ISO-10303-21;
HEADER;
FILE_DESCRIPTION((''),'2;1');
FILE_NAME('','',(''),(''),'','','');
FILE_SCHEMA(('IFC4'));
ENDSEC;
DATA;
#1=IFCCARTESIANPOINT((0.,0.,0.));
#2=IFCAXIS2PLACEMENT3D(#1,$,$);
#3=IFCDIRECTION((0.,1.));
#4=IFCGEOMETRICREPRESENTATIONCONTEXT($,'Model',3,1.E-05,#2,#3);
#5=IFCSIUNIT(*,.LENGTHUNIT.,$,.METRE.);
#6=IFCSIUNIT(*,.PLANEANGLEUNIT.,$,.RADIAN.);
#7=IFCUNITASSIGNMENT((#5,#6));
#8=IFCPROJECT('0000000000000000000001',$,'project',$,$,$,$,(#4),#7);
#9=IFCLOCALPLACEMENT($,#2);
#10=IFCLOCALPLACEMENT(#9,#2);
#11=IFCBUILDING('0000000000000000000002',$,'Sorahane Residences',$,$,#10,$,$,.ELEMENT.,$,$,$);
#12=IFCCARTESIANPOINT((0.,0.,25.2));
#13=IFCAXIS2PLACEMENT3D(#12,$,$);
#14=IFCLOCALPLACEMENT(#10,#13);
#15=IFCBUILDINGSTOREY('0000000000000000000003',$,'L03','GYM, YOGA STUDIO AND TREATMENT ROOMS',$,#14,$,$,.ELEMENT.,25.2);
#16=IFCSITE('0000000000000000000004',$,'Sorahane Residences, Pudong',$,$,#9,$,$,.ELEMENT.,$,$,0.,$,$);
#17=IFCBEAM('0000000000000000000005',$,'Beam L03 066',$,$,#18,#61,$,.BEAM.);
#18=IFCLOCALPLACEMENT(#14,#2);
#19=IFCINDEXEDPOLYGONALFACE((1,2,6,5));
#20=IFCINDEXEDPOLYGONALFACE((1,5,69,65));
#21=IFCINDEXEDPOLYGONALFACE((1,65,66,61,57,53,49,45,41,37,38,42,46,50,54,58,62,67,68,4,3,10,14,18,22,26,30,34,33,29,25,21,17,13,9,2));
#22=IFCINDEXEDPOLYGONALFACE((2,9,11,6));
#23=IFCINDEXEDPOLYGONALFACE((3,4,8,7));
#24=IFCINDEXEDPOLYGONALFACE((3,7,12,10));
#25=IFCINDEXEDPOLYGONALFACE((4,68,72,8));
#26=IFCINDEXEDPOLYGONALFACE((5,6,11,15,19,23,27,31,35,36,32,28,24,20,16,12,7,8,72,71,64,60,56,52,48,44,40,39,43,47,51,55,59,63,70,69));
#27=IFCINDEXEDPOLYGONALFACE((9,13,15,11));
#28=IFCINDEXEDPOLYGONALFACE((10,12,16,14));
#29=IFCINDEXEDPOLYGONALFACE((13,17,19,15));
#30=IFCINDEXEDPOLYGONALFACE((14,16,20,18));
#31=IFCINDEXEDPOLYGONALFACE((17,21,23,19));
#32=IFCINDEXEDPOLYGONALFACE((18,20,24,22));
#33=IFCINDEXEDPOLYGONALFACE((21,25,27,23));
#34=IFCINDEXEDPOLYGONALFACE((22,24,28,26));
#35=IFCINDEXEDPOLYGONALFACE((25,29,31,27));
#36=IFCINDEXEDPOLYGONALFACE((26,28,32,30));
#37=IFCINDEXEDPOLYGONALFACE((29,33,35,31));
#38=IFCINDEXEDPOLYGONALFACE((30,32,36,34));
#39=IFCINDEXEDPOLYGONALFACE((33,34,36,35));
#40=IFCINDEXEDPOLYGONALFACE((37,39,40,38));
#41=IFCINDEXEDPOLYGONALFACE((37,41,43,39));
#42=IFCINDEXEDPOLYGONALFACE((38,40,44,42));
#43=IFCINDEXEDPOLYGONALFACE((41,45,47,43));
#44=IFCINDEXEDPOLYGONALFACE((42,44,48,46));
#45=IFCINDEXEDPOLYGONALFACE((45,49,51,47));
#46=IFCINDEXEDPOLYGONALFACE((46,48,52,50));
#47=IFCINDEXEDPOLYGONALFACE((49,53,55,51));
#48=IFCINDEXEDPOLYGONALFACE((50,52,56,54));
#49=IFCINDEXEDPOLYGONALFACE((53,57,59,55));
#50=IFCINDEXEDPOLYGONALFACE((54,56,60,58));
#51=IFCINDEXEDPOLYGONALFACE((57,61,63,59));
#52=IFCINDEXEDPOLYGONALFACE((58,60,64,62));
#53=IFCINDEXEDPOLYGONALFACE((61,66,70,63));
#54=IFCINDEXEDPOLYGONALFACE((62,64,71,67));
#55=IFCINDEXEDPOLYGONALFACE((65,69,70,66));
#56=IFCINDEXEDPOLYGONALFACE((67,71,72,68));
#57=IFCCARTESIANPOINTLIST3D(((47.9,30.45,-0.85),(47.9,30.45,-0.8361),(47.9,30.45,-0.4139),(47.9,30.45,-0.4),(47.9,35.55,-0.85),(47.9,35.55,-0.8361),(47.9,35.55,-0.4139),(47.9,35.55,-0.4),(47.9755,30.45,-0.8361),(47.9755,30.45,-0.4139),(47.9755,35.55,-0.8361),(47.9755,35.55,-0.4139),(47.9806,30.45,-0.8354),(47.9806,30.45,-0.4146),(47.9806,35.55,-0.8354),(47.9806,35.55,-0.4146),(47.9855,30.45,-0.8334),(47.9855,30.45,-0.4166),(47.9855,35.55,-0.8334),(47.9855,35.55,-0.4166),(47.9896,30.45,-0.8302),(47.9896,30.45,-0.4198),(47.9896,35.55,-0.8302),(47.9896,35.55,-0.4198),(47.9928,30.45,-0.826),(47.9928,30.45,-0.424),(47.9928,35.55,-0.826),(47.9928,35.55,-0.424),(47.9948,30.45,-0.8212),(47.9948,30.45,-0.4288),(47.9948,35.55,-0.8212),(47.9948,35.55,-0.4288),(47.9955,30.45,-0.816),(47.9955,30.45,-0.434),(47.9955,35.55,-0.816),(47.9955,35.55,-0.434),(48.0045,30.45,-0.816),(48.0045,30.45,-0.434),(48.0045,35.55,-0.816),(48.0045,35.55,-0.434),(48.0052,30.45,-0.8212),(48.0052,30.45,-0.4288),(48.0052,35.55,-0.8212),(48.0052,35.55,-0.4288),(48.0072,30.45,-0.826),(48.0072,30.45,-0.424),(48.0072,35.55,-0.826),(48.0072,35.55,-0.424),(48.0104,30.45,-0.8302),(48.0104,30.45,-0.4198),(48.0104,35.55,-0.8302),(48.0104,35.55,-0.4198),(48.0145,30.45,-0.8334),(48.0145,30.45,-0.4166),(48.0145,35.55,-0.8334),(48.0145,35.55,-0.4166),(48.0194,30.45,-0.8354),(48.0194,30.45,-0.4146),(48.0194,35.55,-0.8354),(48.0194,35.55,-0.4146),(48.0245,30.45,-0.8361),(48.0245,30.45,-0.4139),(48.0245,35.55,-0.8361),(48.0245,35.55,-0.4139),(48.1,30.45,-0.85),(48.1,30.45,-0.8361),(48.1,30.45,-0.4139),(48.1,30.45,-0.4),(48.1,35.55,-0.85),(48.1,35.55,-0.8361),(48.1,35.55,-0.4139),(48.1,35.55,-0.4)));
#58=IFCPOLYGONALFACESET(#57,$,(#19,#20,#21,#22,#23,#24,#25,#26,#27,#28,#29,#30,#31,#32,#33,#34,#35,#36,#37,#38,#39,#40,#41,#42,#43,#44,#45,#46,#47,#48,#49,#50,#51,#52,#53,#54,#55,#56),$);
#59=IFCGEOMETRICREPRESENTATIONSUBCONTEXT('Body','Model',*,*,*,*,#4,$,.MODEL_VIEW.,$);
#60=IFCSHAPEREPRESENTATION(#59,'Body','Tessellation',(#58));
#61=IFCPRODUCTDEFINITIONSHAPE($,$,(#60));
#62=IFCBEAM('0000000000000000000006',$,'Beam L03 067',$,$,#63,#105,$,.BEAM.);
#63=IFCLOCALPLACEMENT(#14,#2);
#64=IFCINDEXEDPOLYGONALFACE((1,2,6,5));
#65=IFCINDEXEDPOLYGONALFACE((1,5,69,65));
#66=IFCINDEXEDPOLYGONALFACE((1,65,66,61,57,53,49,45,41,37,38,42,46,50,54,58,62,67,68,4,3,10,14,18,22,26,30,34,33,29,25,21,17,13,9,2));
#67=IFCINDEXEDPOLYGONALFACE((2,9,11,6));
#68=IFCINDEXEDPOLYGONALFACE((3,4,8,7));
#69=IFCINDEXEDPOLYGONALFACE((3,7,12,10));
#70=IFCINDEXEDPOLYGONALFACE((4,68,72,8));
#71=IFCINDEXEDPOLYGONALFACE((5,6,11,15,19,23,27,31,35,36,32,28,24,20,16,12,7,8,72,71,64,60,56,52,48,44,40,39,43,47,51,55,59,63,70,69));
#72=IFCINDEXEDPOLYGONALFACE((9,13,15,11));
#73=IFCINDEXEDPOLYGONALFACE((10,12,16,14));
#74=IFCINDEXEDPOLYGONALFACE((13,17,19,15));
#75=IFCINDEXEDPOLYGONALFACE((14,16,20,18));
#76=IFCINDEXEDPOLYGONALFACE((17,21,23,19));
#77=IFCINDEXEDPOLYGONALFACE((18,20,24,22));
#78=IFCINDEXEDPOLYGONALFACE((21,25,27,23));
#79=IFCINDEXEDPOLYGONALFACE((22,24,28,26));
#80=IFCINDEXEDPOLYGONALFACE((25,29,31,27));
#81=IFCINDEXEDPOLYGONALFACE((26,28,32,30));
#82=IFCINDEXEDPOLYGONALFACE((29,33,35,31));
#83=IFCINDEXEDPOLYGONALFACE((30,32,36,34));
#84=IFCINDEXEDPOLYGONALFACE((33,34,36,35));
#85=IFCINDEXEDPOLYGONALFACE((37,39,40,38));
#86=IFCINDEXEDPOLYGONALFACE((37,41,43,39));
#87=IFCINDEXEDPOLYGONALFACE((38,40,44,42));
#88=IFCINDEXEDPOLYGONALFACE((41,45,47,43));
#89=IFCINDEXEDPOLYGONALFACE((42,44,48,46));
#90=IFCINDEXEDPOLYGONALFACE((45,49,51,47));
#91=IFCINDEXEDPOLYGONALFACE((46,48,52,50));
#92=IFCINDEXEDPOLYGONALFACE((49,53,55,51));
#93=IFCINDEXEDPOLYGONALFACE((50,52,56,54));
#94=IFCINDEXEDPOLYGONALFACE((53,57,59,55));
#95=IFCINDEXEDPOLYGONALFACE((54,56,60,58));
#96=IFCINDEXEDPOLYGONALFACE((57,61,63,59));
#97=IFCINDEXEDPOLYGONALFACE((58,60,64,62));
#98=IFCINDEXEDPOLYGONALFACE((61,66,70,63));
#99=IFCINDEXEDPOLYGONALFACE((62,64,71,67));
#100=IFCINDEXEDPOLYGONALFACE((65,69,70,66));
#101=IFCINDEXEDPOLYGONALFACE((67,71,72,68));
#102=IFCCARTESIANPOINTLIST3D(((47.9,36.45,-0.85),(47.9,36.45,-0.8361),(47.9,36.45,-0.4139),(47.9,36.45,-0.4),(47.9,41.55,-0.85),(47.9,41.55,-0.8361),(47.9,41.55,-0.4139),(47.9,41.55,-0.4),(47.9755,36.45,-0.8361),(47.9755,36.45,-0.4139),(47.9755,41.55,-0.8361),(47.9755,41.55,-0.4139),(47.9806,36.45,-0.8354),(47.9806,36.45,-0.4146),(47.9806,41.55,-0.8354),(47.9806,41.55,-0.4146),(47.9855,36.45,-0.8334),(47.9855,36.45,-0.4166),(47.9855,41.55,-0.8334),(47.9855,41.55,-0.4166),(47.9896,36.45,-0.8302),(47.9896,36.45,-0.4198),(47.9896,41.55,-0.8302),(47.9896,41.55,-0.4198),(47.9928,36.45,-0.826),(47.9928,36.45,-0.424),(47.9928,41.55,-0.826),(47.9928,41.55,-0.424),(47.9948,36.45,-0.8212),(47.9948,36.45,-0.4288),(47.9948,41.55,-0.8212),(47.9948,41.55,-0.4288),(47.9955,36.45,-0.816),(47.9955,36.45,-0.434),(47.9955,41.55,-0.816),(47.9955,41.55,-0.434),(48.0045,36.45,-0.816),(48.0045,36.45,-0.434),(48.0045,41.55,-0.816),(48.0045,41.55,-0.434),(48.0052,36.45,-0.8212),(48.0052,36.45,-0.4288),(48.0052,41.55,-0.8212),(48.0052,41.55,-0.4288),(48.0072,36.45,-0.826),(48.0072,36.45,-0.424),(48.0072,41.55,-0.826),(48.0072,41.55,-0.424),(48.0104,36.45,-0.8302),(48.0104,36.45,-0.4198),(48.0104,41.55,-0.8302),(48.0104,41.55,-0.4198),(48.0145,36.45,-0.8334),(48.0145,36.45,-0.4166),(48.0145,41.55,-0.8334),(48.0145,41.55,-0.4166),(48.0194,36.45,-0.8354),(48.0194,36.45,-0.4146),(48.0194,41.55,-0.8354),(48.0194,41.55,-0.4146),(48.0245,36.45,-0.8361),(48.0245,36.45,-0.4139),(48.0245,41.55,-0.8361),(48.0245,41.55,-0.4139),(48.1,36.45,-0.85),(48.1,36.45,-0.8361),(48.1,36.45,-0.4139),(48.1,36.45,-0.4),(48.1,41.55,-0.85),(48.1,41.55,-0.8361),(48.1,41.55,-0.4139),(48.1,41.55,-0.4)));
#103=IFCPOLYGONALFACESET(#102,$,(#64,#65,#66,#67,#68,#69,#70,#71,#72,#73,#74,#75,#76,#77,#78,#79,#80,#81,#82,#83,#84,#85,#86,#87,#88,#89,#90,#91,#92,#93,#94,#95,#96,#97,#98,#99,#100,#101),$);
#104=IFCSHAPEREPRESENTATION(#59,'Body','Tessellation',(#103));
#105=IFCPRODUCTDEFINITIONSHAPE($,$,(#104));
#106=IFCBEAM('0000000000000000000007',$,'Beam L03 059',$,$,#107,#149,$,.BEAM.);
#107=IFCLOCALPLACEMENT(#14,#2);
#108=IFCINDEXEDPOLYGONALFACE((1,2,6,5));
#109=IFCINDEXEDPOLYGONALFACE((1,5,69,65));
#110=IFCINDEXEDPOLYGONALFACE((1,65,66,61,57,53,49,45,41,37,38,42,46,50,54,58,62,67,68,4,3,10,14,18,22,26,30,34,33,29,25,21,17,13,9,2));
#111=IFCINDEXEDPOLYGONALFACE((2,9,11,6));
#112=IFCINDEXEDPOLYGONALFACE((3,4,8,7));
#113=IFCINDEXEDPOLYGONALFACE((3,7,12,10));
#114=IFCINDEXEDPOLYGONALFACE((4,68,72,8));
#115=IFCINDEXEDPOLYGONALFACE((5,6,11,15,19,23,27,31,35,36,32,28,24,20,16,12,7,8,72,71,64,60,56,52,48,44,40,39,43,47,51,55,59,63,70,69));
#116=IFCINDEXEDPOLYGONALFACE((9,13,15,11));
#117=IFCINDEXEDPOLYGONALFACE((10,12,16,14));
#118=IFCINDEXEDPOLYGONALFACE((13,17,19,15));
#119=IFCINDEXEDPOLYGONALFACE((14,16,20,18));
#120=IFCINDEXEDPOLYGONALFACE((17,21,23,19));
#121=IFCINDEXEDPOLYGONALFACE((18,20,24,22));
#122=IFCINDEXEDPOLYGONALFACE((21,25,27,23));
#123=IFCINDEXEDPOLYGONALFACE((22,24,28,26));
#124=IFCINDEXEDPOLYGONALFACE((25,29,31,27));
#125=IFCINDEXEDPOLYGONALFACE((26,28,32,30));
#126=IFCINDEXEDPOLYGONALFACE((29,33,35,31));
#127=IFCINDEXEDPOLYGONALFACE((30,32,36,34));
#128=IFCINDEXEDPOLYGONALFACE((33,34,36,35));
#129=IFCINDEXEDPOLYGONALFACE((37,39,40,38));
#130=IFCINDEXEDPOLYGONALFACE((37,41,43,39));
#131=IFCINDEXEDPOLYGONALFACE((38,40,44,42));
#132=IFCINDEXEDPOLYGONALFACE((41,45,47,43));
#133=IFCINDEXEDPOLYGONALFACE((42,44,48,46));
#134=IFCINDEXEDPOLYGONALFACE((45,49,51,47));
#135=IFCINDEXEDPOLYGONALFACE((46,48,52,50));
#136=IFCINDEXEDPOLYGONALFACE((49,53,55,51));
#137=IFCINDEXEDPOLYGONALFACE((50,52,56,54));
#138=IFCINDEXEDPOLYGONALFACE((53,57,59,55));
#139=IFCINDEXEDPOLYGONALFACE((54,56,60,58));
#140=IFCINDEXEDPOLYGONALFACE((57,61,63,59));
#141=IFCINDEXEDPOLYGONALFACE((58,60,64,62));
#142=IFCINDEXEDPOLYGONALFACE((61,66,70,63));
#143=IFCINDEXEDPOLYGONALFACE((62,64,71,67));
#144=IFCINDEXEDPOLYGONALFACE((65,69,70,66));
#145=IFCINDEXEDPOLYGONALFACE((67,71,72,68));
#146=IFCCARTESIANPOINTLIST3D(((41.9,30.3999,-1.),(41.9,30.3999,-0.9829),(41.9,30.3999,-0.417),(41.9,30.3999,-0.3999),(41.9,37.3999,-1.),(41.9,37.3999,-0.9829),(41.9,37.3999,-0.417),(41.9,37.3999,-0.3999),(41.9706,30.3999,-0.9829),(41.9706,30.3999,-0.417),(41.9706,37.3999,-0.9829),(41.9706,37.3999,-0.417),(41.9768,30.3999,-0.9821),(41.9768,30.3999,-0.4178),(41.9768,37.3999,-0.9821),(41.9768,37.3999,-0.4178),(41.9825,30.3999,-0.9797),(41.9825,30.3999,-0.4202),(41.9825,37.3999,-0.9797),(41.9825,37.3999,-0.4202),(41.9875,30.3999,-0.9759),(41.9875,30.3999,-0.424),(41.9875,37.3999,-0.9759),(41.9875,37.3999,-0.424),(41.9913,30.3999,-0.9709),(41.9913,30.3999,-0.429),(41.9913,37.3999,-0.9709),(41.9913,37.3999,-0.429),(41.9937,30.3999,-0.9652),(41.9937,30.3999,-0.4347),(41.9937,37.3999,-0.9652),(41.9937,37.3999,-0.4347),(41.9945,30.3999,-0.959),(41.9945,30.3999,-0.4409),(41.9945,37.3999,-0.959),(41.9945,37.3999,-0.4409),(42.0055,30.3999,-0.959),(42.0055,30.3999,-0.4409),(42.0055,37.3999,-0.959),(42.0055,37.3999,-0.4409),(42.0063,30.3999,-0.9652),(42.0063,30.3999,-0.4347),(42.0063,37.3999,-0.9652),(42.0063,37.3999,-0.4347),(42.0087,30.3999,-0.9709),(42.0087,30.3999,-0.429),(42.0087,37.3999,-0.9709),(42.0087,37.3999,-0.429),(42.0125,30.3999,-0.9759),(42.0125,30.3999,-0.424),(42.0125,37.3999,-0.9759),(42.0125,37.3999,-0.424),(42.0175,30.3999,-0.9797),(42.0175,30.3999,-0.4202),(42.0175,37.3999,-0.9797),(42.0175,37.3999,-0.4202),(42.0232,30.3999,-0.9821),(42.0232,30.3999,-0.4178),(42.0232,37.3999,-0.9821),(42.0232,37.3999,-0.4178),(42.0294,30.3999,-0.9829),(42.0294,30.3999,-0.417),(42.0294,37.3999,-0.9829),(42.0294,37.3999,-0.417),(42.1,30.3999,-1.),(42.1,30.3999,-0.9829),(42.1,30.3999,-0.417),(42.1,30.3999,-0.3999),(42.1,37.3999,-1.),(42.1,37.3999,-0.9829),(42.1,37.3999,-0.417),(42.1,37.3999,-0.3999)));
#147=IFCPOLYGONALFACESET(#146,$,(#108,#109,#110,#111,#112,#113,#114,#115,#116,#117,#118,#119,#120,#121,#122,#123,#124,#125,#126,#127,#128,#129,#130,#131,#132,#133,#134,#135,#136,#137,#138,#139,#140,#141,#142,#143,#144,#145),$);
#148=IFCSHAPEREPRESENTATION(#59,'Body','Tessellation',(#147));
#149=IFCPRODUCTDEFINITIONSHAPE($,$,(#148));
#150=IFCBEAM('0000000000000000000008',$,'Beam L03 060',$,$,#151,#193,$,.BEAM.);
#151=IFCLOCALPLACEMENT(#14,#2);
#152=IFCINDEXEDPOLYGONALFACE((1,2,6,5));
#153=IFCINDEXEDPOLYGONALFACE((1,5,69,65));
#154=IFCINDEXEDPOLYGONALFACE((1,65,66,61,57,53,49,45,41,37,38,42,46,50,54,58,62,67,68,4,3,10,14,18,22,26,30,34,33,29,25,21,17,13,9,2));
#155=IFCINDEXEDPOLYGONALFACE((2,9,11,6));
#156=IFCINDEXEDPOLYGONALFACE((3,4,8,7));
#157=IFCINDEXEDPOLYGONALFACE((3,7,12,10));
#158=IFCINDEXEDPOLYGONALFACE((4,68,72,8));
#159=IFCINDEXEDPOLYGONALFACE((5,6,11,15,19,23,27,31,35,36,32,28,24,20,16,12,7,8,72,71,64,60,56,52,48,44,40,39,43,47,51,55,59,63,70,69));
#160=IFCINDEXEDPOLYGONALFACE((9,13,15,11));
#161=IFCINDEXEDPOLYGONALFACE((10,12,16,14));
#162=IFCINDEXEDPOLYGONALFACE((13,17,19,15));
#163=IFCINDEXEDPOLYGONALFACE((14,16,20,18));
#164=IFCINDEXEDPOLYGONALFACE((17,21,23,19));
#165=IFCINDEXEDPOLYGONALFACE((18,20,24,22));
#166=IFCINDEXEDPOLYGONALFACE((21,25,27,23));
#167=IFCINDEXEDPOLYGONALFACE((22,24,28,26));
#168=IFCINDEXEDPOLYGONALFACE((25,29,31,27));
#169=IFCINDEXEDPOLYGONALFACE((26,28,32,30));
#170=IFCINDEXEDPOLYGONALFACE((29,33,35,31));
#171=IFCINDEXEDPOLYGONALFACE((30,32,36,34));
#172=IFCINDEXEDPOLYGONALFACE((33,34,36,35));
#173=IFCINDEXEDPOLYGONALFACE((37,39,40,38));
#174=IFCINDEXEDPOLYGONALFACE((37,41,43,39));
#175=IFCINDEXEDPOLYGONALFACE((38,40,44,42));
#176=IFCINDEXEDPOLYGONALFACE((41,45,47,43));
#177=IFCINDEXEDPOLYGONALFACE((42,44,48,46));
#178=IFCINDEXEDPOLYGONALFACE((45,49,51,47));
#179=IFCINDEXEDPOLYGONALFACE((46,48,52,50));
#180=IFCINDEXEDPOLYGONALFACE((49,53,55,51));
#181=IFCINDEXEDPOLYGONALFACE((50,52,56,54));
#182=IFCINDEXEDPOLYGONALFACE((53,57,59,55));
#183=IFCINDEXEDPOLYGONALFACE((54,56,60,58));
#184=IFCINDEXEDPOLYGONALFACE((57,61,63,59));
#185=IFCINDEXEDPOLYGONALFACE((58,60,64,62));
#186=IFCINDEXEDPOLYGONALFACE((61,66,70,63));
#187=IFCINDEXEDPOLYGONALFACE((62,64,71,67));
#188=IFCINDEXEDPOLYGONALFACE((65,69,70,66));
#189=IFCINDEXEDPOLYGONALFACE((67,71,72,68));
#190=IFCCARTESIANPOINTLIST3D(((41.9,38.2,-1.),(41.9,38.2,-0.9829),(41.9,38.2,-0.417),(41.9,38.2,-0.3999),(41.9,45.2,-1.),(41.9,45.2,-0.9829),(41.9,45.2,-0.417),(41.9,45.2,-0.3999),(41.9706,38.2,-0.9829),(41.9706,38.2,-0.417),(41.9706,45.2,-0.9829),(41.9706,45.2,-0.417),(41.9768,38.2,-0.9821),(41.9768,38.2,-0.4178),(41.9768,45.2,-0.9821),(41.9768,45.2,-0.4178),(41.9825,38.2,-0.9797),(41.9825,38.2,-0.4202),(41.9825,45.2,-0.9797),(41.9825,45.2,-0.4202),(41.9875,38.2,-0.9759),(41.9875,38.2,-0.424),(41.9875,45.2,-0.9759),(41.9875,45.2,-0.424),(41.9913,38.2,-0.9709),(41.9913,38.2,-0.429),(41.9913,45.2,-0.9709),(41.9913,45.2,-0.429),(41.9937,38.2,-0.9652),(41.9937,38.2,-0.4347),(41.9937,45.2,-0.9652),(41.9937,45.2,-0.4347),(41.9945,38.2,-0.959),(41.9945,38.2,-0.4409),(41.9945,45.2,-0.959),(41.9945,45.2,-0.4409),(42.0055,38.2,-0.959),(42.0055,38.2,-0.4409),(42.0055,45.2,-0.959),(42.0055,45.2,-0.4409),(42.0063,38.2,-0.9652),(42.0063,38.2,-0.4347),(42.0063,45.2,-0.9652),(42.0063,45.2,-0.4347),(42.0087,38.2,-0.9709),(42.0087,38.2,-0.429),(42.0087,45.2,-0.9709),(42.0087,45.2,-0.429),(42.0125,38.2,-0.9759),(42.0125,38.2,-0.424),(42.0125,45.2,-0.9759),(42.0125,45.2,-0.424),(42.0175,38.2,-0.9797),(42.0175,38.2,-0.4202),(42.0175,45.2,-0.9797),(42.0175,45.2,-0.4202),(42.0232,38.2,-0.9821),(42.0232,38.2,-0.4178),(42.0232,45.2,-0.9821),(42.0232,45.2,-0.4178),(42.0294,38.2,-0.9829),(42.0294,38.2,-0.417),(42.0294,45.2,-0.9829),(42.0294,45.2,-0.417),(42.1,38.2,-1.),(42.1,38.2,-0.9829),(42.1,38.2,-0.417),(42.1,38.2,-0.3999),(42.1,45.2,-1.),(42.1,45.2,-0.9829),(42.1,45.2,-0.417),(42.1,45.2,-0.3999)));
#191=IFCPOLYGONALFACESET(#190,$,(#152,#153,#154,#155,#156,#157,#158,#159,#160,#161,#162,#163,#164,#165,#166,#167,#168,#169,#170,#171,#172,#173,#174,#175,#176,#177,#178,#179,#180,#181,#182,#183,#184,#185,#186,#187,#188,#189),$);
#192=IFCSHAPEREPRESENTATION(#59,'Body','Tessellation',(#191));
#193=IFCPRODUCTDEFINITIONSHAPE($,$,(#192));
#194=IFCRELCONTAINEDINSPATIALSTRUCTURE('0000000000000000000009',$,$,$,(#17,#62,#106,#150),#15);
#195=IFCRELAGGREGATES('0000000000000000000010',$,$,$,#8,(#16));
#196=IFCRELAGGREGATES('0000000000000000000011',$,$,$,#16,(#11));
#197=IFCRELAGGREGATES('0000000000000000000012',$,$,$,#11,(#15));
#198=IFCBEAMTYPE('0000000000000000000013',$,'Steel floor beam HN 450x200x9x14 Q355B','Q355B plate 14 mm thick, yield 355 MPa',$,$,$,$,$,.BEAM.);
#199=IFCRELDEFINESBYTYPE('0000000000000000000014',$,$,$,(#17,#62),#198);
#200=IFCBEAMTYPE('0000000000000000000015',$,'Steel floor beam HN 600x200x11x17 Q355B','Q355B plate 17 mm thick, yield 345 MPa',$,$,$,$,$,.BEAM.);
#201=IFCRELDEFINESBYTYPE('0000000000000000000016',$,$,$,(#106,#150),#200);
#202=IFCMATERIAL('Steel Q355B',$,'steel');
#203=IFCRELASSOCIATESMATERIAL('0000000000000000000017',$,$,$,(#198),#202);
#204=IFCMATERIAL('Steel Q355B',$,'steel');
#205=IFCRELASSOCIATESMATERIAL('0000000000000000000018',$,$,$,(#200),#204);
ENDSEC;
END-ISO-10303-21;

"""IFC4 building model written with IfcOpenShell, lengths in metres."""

from ifc_helpers import new_model, si_unit, direction, frame, origin, origin_2d, place, context, subcontext, project, spatial, i_section, extrude, material, material_profile, profile_set, type_object, element, save


model = new_model("IFC4")

# Units and contexts
model_context = context("Model", 3, precision=1e-05, world=origin(), true_north=direction((0.0, 1.0)))
body_context = subcontext(model_context, "Body", "Model", "MODEL_VIEW")
ifc_project = project(units=[si_unit("LENGTHUNIT", "METRE"), si_unit("PLANEANGLEUNIT", "RADIAN")], contexts=[model_context])

# Site, building, storey
site_placement = place(None, origin())
site = spatial("IfcSite", under=ifc_project, at=site_placement, Name="Sorahane Residences, Pudong", CompositionType="ELEMENT", RefElevation=0.0)
building_placement = place(site_placement, origin())
building = spatial("IfcBuilding", under=site, at=building_placement, Name="Sorahane Residences", CompositionType="ELEMENT")
storey_placement = place(building_placement, frame((0.0, 0.0, 25.2)))
storey = spatial("IfcBuildingStorey", under=building, at=storey_placement, Name="L03", Description="GYM, YOGA STUDIO AND TREATMENT ROOMS", CompositionType="ELEMENT", Elevation=25.2)

# Beams
ifc_material_1 = material(Name="Steel Q355B", Category="steel")
ifc_material_profile_1 = material_profile(ifc_material_1, i_section(OverallWidth=0.2, OverallDepth=0.45, WebThickness=0.009, FlangeThickness=0.0139, FilletRadius=0.02, at=origin_2d()), Name="HN 450x200x9x14")
ifc_profile_set_1 = profile_set([ifc_material_profile_1], Name="Steel Q355B")
beam_type_1 = type_object("IfcBeamType", Name="Steel floor beam HN 450x200x9x14 Q355B", Description="Q355B plate 14 mm thick, yield 355 MPa", PredefinedType="BEAM", material=ifc_profile_set_1)
for number, where, z_axis, x_axis, name in (
    (1, (48.0, 30.45, -0.625), (0.0, 1.0, 0.0), (-1.0, 0.0, 0.0), "Beam L03 066"),
    (2, (48.0, 36.45, -0.625), (0.0, 1.0, 0.0), (-1.0, 0.0, 0.0), "Beam L03 067"),
):
    element("IfcBeam", number, at=place(storey_placement, frame(where, z_axis=z_axis, x_axis=x_axis)), inside=storey, type_object=beam_type_1, Name=name, PredefinedType="BEAM", context=body_context, shape_type="SweptSolid", body=[
        extrude(i_section(OverallWidth=0.2, OverallDepth=0.45, WebThickness=0.009, FlangeThickness=0.0139, FilletRadius=0.02, at=origin_2d()), origin(), (0.0, 0.0, 1.0), 5.1001),
    ])
ifc_material_2 = material(Name="Steel Q355B", Category="steel")
ifc_material_profile_2 = material_profile(ifc_material_2, i_section(OverallWidth=0.2, OverallDepth=0.6001, WebThickness=0.011, FlangeThickness=0.0171, FilletRadius=0.0239, at=origin_2d()), Name="HN 600x200x11x17")
ifc_profile_set_2 = profile_set([ifc_material_profile_2], Name="Steel Q355B")
beam_type_2 = type_object("IfcBeamType", Name="Steel floor beam HN 600x200x11x17 Q355B", Description="Q355B plate 17 mm thick, yield 345 MPa", PredefinedType="BEAM", material=ifc_profile_set_2)
for number, where, z_axis, x_axis, name in (
    (3, (42.0, 30.3999, -0.7), (0.0, 1.0, 0.0), (-1.0, 0.0, 0.0), "Beam L03 059"),
    (4, (42.0, 38.2, -0.7), (0.0, 1.0, 0.0), (-1.0, 0.0, 0.0), "Beam L03 060"),
):
    element("IfcBeam", number, at=place(storey_placement, frame(where, z_axis=z_axis, x_axis=x_axis)), inside=storey, type_object=beam_type_2, Name=name, PredefinedType="BEAM", context=body_context, shape_type="SweptSolid", body=[
        extrude(i_section(OverallWidth=0.2, OverallDepth=0.6001, WebThickness=0.011, FlangeThickness=0.0171, FilletRadius=0.0239, at=origin_2d()), origin(), (0.0, 0.0, 1.0), 7.0),
    ])

save(model, "model.ifc")
